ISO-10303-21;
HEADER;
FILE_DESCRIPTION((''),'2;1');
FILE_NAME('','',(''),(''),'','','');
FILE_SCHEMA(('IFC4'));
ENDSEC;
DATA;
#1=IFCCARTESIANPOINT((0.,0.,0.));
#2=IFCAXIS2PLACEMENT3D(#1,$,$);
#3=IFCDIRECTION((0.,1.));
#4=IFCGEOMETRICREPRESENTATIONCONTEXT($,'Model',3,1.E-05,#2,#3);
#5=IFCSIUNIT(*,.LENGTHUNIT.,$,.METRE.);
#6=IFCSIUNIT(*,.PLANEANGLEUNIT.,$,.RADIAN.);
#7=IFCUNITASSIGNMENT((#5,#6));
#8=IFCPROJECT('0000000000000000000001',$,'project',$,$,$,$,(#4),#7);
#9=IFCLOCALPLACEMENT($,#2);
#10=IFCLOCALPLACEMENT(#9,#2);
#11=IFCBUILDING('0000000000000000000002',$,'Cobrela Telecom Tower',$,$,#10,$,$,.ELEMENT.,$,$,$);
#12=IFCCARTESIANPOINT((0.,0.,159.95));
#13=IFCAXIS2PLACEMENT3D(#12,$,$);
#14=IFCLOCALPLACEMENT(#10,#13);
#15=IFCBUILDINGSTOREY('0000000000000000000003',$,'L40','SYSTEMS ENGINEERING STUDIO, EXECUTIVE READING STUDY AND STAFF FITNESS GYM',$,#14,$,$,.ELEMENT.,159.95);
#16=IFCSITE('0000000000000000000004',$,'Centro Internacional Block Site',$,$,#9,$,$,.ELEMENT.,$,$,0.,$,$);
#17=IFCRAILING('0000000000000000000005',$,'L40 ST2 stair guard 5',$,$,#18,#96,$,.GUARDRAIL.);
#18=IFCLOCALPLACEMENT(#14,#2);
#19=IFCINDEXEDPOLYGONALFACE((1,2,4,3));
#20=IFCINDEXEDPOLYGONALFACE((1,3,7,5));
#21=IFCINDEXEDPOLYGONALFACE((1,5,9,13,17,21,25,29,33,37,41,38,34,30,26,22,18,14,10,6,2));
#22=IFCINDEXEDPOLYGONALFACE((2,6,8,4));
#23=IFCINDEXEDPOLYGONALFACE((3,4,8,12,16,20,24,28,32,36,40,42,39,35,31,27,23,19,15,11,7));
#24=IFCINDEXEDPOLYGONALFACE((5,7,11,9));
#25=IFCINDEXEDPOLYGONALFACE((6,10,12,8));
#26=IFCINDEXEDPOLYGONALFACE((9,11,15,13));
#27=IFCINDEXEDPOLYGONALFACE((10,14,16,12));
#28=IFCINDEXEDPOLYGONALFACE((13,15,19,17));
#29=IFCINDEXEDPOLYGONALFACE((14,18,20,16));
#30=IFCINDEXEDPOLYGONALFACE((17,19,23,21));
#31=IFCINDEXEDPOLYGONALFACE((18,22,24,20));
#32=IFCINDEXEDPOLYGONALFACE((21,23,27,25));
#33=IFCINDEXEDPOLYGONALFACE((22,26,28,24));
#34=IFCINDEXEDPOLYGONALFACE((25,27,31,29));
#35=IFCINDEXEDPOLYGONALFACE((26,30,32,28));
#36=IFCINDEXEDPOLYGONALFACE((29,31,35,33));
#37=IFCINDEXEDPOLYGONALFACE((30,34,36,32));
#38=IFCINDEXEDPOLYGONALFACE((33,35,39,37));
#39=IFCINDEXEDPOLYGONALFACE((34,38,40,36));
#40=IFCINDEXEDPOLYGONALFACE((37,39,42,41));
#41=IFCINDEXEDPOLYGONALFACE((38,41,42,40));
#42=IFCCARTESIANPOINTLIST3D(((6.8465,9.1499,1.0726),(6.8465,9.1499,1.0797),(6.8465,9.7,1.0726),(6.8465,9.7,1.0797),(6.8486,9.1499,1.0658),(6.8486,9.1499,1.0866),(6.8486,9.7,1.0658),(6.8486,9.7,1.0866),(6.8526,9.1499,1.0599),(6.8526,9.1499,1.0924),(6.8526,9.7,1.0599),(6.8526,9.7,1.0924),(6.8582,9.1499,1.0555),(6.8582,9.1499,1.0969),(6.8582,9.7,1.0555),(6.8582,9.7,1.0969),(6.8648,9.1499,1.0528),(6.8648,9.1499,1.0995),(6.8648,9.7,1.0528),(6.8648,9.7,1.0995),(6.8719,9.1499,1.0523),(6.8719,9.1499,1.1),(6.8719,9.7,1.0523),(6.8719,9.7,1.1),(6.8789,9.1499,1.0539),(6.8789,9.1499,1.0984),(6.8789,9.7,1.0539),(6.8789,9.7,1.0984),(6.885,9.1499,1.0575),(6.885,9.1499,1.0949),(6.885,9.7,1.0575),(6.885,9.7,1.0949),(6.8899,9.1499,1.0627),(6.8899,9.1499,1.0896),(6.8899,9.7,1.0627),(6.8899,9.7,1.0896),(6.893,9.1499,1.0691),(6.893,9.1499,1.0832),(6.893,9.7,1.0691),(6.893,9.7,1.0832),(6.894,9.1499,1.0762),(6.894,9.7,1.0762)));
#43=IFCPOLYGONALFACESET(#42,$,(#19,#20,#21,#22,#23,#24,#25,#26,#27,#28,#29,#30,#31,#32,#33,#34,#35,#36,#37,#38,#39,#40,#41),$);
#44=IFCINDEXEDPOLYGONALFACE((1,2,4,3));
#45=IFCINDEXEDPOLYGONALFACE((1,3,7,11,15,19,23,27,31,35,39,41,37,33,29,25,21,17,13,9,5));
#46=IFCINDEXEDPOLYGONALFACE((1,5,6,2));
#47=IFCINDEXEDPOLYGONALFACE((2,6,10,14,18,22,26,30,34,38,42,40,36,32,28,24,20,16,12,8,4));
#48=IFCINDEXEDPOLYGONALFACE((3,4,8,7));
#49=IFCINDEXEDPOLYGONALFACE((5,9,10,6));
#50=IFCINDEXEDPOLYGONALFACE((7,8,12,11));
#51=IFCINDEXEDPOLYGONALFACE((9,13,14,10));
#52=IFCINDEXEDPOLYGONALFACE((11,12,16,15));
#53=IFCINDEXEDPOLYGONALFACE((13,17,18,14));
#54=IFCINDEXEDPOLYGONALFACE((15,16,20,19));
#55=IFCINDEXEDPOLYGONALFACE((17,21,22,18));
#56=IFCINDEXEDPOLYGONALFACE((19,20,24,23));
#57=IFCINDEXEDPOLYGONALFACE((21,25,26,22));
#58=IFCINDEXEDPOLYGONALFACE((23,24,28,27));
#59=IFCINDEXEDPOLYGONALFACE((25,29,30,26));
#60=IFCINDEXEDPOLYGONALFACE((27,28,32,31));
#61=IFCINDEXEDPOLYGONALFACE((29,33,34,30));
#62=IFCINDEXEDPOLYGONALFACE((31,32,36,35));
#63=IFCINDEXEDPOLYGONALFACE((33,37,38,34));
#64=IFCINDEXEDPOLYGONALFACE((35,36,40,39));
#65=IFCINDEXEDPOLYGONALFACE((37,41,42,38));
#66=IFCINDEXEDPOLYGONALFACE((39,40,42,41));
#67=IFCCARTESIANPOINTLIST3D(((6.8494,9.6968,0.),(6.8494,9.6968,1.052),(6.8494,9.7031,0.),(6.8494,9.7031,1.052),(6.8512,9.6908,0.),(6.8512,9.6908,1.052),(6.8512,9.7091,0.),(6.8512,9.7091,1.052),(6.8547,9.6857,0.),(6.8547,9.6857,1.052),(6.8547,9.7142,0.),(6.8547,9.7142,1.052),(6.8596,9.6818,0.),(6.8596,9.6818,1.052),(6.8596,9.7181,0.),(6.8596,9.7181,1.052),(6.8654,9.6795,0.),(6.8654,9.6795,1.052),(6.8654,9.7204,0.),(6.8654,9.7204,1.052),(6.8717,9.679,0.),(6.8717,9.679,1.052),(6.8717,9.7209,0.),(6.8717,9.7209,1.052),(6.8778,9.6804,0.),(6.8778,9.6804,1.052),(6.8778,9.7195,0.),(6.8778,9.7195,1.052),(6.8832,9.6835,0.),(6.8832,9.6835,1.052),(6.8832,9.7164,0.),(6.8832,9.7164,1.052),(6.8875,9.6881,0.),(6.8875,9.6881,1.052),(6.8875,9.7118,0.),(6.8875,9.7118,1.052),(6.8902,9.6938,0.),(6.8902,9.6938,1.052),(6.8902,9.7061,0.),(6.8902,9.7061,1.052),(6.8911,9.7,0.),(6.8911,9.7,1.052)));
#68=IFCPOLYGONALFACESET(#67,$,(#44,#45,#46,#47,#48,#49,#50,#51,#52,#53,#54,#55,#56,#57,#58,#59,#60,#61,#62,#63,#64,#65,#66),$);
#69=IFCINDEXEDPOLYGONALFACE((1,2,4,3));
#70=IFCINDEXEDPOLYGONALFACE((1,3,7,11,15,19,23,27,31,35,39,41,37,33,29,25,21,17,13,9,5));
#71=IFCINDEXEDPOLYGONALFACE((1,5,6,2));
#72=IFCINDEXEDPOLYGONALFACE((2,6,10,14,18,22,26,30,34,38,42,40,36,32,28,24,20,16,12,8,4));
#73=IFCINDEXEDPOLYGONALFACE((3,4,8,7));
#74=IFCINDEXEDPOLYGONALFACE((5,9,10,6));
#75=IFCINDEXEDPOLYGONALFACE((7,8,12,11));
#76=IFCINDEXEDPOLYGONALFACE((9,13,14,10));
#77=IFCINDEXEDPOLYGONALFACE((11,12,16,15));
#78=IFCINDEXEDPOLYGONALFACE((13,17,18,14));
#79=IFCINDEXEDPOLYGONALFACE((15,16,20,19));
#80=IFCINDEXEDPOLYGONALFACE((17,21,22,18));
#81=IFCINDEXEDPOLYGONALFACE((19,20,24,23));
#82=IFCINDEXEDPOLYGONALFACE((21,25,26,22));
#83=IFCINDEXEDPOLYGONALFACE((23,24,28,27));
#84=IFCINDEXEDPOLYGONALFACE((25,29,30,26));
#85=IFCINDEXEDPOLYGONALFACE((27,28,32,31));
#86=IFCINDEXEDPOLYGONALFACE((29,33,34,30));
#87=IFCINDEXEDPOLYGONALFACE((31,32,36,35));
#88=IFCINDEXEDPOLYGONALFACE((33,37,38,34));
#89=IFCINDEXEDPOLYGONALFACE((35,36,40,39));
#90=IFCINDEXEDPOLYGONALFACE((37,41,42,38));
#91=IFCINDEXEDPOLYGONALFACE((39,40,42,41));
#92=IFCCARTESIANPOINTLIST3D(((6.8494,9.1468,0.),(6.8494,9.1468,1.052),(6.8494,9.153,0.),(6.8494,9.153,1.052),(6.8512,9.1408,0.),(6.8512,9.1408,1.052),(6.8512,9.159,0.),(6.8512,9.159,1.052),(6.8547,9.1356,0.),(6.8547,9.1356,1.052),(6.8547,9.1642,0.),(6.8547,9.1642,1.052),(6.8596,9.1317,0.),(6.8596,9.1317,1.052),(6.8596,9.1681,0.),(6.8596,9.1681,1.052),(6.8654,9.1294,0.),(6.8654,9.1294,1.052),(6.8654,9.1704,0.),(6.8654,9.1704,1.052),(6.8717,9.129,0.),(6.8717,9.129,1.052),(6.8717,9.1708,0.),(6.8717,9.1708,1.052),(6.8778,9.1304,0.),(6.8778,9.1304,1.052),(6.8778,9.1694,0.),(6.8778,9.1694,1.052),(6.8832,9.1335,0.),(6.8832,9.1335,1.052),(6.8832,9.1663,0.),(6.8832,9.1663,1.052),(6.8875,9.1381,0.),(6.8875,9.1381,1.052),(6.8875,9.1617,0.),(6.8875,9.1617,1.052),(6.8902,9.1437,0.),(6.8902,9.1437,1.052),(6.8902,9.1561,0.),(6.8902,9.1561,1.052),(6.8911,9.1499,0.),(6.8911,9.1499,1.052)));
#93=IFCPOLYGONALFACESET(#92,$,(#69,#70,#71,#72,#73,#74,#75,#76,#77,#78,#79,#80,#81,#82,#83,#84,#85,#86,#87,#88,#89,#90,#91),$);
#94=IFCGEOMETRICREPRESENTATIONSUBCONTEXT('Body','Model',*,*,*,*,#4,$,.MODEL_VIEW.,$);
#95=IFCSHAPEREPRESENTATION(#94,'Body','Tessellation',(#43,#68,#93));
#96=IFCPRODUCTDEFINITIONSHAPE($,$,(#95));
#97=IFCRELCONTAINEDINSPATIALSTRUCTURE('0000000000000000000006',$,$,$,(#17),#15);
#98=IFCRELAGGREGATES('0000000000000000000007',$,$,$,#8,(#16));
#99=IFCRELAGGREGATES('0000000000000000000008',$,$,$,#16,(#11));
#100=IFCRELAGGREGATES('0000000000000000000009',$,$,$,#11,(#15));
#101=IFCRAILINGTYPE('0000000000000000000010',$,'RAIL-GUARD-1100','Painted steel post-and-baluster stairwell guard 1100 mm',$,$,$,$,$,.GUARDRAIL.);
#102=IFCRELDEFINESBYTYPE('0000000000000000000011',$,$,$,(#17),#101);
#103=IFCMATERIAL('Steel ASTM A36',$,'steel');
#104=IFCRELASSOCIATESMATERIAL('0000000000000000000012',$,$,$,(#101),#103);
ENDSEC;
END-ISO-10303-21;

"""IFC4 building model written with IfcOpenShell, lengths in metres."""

from ifc_helpers import new_model, si_unit, direction, frame, origin, origin_2d, place, context, subcontext, project, spatial, circle, extrude, material, type_object, element, save


model = new_model("IFC4")

# Units and contexts
model_context = context("Model", 3, precision=1e-05, world=origin(), true_north=direction((0.0, 1.0)))
body_context = subcontext(model_context, "Body", "Model", "MODEL_VIEW")
ifc_project = project(units=[si_unit("LENGTHUNIT", "METRE"), si_unit("PLANEANGLEUNIT", "RADIAN")], contexts=[model_context])

# Site, building, storey
site_placement = place(None, origin())
site = spatial("IfcSite", under=ifc_project, at=site_placement, Name="Centro Internacional Block Site", CompositionType="ELEMENT", RefElevation=0.0)
building_placement = place(site_placement, origin())
building = spatial("IfcBuilding", under=site, at=building_placement, Name="Cobrela Telecom Tower", CompositionType="ELEMENT")
storey_placement = place(building_placement, frame((0.0, 0.0, 159.95)))
storey = spatial("IfcBuildingStorey", under=building, at=storey_placement, Name="L40", Description="SYSTEMS ENGINEERING STUDIO, EXECUTIVE READING STUDY AND STAFF FITNESS GYM", CompositionType="ELEMENT", Elevation=159.95)

# Shared definitions
ifc_material_1 = material(Name="Steel ASTM A36", Category="steel")

# Railing
railing_type_1 = type_object("IfcRailingType", Name="RAIL-GUARD-1100", Description="Painted steel post-and-baluster stairwell guard 1100 mm", PredefinedType="GUARDRAIL", material=ifc_material_1)
railing_1_placement = place(storey_placement, frame((6.8701, 9.7, 0.0)))
element("IfcRailing", 1, at=railing_1_placement, inside=storey, type_object=railing_type_1, Name="L40 ST2 stair guard 5", PredefinedType="GUARDRAIL", context=body_context, shape_type="SweptSolid", body=[
    extrude(circle(Radius=0.0239, at=origin_2d()), frame((0.0, 0.0, 1.0762), z_axis=(0.0, -1.0, 0.0), x_axis=(1.0, 0.0, 0.0)), (0.0, 0.0, 1.0), 0.55),
    extrude(circle(Radius=0.021, at=origin_2d()), origin(), (0.0, 0.0, 1.0), 1.052),
    extrude(circle(Radius=0.021, at=origin_2d()), frame((0.0, -0.55, 0.0)), (0.0, 0.0, 1.0), 1.052),
])

save(model, "model.ifc")
